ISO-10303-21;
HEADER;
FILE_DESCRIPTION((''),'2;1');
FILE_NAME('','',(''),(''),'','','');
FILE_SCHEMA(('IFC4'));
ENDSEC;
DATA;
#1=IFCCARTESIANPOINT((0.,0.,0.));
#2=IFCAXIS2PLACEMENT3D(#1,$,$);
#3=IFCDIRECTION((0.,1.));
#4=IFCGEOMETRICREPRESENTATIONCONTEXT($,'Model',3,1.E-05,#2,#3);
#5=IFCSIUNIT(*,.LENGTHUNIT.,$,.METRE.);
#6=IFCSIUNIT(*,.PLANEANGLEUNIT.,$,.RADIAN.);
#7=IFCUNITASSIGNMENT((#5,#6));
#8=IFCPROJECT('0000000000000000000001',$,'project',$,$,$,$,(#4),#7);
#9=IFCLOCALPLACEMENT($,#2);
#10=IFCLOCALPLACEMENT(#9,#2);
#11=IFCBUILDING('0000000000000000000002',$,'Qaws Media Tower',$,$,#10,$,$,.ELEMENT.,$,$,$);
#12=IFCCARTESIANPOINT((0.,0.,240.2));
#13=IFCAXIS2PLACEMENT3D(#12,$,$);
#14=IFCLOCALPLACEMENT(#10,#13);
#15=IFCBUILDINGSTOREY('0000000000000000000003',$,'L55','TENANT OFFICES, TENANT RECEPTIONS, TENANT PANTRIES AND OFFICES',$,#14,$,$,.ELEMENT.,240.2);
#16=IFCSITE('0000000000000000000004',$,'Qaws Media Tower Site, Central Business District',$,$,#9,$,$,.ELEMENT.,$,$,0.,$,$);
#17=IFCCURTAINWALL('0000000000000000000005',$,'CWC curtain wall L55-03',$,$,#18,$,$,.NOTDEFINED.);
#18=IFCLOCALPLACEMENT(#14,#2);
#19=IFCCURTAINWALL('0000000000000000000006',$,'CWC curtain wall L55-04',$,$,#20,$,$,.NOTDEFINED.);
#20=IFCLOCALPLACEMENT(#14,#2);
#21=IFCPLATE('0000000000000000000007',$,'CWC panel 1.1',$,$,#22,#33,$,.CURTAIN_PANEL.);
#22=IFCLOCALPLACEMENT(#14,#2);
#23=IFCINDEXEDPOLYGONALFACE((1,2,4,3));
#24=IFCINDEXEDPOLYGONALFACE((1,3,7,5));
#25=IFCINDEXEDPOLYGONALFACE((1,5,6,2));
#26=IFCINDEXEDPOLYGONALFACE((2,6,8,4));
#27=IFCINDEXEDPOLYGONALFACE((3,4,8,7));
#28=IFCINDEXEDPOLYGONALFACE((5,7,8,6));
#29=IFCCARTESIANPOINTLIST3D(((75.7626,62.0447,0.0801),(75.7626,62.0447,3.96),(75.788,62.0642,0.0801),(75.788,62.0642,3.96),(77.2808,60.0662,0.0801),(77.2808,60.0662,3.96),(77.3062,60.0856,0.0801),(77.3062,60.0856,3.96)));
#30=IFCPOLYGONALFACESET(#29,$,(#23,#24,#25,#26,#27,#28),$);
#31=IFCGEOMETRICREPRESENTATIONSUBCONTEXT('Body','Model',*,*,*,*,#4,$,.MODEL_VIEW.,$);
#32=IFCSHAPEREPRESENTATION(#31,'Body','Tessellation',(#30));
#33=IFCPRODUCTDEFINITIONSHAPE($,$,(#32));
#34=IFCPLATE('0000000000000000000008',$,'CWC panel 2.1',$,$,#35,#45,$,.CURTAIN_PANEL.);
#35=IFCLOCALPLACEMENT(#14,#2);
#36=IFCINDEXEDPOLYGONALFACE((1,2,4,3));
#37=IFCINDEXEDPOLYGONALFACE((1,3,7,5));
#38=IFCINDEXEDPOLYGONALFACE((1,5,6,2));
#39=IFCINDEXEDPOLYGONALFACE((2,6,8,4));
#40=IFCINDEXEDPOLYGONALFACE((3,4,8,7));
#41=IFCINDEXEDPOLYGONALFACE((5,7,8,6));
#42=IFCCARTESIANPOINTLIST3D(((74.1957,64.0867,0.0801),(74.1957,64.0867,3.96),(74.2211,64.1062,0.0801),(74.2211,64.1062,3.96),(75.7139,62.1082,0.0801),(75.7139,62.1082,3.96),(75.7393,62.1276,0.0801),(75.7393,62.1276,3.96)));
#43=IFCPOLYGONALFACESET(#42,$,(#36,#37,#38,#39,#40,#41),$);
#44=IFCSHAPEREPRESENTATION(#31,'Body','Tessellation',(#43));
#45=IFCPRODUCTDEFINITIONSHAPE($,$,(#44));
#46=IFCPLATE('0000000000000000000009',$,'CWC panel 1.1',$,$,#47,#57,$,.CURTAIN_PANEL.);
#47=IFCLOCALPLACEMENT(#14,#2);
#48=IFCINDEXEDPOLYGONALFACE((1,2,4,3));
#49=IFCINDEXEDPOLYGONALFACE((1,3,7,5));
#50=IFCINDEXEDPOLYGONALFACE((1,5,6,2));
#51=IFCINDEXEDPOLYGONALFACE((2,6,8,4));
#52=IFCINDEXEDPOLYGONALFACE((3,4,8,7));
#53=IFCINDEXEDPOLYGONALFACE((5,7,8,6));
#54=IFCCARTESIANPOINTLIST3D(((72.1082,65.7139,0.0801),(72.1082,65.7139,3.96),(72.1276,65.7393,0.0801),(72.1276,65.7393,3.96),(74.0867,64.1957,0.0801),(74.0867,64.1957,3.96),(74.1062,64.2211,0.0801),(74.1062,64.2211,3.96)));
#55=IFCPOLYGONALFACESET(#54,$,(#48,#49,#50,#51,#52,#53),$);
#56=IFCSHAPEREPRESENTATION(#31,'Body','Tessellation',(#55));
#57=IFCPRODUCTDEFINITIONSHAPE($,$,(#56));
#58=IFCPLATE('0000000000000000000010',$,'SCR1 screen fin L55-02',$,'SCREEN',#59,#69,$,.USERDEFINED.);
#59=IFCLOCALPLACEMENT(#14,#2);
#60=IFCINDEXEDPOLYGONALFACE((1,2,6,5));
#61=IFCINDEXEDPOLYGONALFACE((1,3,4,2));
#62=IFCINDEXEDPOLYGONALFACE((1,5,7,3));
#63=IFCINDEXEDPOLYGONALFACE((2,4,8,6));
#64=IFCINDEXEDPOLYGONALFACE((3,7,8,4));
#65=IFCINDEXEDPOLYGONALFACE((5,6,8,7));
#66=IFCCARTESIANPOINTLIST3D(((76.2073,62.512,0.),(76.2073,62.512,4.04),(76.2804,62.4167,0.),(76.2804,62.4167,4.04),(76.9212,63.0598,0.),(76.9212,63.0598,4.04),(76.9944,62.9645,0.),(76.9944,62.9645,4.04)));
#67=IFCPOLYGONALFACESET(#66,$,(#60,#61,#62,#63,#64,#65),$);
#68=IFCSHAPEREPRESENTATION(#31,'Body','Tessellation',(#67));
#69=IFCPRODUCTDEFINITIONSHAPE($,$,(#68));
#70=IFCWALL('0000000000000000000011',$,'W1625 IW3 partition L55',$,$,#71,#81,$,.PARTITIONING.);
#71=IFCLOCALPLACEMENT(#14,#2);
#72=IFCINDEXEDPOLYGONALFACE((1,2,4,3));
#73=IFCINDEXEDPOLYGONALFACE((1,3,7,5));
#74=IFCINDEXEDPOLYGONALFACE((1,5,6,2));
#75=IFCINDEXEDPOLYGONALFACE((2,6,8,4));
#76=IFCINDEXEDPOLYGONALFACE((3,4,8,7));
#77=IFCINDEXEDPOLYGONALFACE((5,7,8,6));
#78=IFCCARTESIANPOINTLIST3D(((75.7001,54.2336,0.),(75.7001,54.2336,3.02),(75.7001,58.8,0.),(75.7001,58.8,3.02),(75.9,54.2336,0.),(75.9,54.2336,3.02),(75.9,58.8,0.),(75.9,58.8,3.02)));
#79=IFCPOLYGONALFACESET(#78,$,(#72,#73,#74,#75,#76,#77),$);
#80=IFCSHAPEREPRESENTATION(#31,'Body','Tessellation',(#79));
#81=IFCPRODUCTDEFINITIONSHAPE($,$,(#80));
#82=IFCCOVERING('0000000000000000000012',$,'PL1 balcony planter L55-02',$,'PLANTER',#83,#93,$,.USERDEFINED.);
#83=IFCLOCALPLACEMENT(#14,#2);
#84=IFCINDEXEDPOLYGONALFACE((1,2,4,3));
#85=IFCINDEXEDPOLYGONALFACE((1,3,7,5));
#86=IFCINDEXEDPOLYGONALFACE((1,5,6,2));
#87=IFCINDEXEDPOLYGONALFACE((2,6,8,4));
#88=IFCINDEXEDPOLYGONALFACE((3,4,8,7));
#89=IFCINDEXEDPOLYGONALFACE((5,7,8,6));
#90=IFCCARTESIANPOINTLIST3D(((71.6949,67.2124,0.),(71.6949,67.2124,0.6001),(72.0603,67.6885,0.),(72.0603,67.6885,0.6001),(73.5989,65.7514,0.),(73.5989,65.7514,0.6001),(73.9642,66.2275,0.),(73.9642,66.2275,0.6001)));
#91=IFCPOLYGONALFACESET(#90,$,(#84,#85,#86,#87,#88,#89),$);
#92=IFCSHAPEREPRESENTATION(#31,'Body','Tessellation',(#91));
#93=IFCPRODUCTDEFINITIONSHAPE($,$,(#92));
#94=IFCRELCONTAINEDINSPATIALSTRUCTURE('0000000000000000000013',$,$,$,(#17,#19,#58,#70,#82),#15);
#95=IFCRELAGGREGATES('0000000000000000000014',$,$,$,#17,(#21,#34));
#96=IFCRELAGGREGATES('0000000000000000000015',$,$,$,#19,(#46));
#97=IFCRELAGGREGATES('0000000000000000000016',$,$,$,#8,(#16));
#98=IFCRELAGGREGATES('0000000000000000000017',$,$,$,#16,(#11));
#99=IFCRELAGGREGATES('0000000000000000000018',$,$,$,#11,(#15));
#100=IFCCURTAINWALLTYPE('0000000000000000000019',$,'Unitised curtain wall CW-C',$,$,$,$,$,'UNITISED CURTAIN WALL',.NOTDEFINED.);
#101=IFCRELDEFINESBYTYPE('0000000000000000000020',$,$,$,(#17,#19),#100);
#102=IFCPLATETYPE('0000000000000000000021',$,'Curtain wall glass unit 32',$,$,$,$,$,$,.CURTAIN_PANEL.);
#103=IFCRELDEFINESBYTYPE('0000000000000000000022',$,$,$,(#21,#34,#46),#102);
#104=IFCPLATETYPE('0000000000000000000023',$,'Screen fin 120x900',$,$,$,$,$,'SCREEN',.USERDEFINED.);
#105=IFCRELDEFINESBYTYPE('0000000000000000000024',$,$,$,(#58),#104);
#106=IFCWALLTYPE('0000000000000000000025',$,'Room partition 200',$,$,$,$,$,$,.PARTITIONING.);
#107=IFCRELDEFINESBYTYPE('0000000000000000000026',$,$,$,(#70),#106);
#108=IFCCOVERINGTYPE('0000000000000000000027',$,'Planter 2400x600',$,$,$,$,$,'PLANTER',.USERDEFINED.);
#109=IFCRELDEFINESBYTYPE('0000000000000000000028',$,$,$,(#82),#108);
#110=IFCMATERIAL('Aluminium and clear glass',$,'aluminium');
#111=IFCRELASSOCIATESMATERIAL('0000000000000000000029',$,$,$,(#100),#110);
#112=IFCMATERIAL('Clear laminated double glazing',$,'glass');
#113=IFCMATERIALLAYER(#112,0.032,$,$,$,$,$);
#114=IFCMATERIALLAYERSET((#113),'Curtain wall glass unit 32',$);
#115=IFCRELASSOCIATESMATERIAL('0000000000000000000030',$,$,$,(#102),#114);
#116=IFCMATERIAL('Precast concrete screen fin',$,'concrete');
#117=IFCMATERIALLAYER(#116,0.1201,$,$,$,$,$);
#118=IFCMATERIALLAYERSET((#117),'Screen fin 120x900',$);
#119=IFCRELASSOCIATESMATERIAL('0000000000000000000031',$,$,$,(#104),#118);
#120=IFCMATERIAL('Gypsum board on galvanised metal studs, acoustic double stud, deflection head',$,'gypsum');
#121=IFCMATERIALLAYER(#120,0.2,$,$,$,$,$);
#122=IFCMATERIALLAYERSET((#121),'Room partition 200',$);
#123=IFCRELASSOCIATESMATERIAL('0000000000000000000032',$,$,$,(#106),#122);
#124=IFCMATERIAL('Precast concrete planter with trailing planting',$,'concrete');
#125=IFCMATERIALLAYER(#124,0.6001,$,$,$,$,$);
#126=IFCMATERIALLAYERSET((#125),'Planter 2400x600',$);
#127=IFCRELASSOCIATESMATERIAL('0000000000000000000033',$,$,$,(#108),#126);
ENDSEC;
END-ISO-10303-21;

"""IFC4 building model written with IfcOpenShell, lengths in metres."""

from ifc_helpers import new_model, si_unit, direction, frame, frame_2d, origin, origin_2d, place, context, subcontext, project, spatial, rectangle, extrude, material, layer, layer_set, type_object, element, aggregate, save


model = new_model("IFC4")

# Units and contexts
model_context = context("Model", 3, precision=1e-05, world=origin(), true_north=direction((0.0, 1.0)))
body_context = subcontext(model_context, "Body", "Model", "MODEL_VIEW")
ifc_project = project(units=[si_unit("LENGTHUNIT", "METRE"), si_unit("PLANEANGLEUNIT", "RADIAN")], contexts=[model_context])

# Site, building, storey
site_placement = place(None, origin())
site = spatial("IfcSite", under=ifc_project, at=site_placement, Name="Qaws Media Tower Site, Central Business District", CompositionType="ELEMENT", RefElevation=0.0)
building_placement = place(site_placement, origin())
building = spatial("IfcBuilding", under=site, at=building_placement, Name="Qaws Media Tower", CompositionType="ELEMENT")
storey_placement = place(building_placement, frame((0.0, 0.0, 240.2)))
storey = spatial("IfcBuildingStorey", under=building, at=storey_placement, Name="L55", Description="TENANT OFFICES, TENANT RECEPTIONS, TENANT PANTRIES AND OFFICES", CompositionType="ELEMENT", Elevation=240.2)

# Shared definitions
ifc_material_1 = material(Name="Aluminium and clear glass", Category="aluminium")
curtain_wall_type = type_object("IfcCurtainWallType", Name="Unitised curtain wall CW-C", ElementType="UNITISED CURTAIN WALL", PredefinedType="NOTDEFINED", material=ifc_material_1)

# Curtain walls
curtain_wall_1_placement = place(storey_placement, origin())
curtain_wall_1 = element("IfcCurtainWall", 1, at=curtain_wall_1_placement, inside=storey, type_object=curtain_wall_type, Name="CWC curtain wall L55-03", PredefinedType="NOTDEFINED")
curtain_wall_2_placement = place(storey_placement, origin())
curtain_wall_2 = element("IfcCurtainWall", 2, at=curtain_wall_2_placement, inside=storey, type_object=curtain_wall_type, Name="CWC curtain wall L55-04", PredefinedType="NOTDEFINED")

# Plates
ifc_material_2 = material(Name="Clear laminated double glazing", Category="glass")
ifc_layer_1 = layer(ifc_material_2, 0.032)
ifc_layer_set_1 = layer_set([ifc_layer_1], Name="Curtain wall glass unit 32")
plate_type_1 = type_object("IfcPlateType", Name="Curtain wall glass unit 32", PredefinedType="CURTAIN_PANEL", material=ifc_layer_set_1)
plate_1_placement = place(storey_placement, frame((76.5344, 61.0652, 0.0801), z_axis=(0.0, 0.0, 1.0), x_axis=(-0.608762, 0.793353, 0.0)))
plate_1 = element("IfcPlate", 3, at=plate_1_placement, type_object=plate_type_1, Name="CWC panel 1.1", PredefinedType="CURTAIN_PANEL", context=body_context, shape_type="SweptSolid", body=[
    extrude(rectangle(XDim=2.4939, YDim=0.032, at=origin_2d()), origin(), (0.0, 0.0, 1.0), 3.8799),
])
plate_2_placement = place(storey_placement, frame((74.9675, 63.1072, 0.0801), z_axis=(0.0, 0.0, 1.0), x_axis=(-0.608762, 0.793353, 0.0)))
plate_2 = element("IfcPlate", 4, at=plate_2_placement, type_object=plate_type_1, Name="CWC panel 2.1", PredefinedType="CURTAIN_PANEL", context=body_context, shape_type="SweptSolid", body=[
    extrude(rectangle(XDim=2.4939, YDim=0.032, at=origin_2d()), origin(), (0.0, 0.0, 1.0), 3.8799),
])
aggregate(curtain_wall_1, [plate_1, plate_2])
plate_3_placement = place(storey_placement, frame((73.1072, 64.9675, 0.0801), z_axis=(0.0, 0.0, 1.0), x_axis=(-0.793353, 0.608762, 0.0)))
plate_3 = element("IfcPlate", 5, at=plate_3_placement, type_object=plate_type_1, Name="CWC panel 1.1", PredefinedType="CURTAIN_PANEL", context=body_context, shape_type="SweptSolid", body=[
    extrude(rectangle(XDim=2.4939, YDim=0.032, at=origin_2d()), origin(), (0.0, 0.0, 1.0), 3.8799),
])
aggregate(curtain_wall_2, [plate_3])
ifc_material_3 = material(Name="Precast concrete screen fin", Category="concrete")
ifc_layer_2 = layer(ifc_material_3, 0.1201)
ifc_layer_set_2 = layer_set([ifc_layer_2], Name="Screen fin 120x900")
plate_type_2 = type_object("IfcPlateType", Name="Screen fin 120x900", ElementType="SCREEN", PredefinedType="USERDEFINED", material=ifc_layer_set_2)
plate_4_placement = place(storey_placement, frame((76.6008, 62.7383, 0.0), z_axis=(0.0, 0.0, 1.0), x_axis=(0.793353, 0.608761, 0.0)))
element("IfcPlate", 6, at=plate_4_placement, inside=storey, type_object=plate_type_2, Name="SCR1 screen fin L55-02", ObjectType="SCREEN", PredefinedType="USERDEFINED", context=body_context, shape_type="SweptSolid", body=[
    extrude(rectangle(XDim=0.8999, YDim=0.1201, at=origin_2d()), origin(), (0.0, 0.0, 1.0), 4.04),
])

# Wall
ifc_material_4 = material(Name="Gypsum board on galvanised metal studs, acoustic double stud, deflection head", Category="gypsum")
ifc_layer_3 = layer(ifc_material_4, 0.2)
ifc_layer_set_3 = layer_set([ifc_layer_3], Name="Room partition 200")
wall_type = type_object("IfcWallType", Name="Room partition 200", PredefinedType="PARTITIONING", material=ifc_layer_set_3)
wall_placement = place(storey_placement, frame((75.8, 58.8, 0.0), z_axis=(0.0, 0.0, 1.0), x_axis=(0.0, -1.0, 0.0)))
element("IfcWall", 7, at=wall_placement, inside=storey, type_object=wall_type, Name="W1625 IW3 partition L55", PredefinedType="PARTITIONING", context=body_context, shape_type="SweptSolid", body=[
    extrude(rectangle(XDim=4.5664, YDim=0.2, at=frame_2d((2.2832, 0.0))), origin(), (0.0, 0.0, 1.0), 3.02),
])

# Covering
ifc_material_5 = material(Name="Precast concrete planter with trailing planting", Category="concrete")
ifc_layer_4 = layer(ifc_material_5, 0.6001)
ifc_layer_set_4 = layer_set([ifc_layer_4], Name="Planter 2400x600")
covering_type = type_object("IfcCoveringType", Name="Planter 2400x600", ElementType="PLANTER", PredefinedType="USERDEFINED", material=ifc_layer_set_4)
covering_placement = place(storey_placement, frame((72.8296, 66.72, 0.0), z_axis=(0.0, 0.0, 1.0), x_axis=(-0.793353, 0.608761, 0.0)))
element("IfcCovering", 8, at=covering_placement, inside=storey, type_object=covering_type, Name="PL1 balcony planter L55-02", ObjectType="PLANTER", PredefinedType="USERDEFINED", context=body_context, shape_type="SweptSolid", body=[
    extrude(rectangle(XDim=2.3999, YDim=0.6001, at=origin_2d()), origin(), (0.0, 0.0, 1.0), 0.6001),
])

save(model, "model.ifc")
